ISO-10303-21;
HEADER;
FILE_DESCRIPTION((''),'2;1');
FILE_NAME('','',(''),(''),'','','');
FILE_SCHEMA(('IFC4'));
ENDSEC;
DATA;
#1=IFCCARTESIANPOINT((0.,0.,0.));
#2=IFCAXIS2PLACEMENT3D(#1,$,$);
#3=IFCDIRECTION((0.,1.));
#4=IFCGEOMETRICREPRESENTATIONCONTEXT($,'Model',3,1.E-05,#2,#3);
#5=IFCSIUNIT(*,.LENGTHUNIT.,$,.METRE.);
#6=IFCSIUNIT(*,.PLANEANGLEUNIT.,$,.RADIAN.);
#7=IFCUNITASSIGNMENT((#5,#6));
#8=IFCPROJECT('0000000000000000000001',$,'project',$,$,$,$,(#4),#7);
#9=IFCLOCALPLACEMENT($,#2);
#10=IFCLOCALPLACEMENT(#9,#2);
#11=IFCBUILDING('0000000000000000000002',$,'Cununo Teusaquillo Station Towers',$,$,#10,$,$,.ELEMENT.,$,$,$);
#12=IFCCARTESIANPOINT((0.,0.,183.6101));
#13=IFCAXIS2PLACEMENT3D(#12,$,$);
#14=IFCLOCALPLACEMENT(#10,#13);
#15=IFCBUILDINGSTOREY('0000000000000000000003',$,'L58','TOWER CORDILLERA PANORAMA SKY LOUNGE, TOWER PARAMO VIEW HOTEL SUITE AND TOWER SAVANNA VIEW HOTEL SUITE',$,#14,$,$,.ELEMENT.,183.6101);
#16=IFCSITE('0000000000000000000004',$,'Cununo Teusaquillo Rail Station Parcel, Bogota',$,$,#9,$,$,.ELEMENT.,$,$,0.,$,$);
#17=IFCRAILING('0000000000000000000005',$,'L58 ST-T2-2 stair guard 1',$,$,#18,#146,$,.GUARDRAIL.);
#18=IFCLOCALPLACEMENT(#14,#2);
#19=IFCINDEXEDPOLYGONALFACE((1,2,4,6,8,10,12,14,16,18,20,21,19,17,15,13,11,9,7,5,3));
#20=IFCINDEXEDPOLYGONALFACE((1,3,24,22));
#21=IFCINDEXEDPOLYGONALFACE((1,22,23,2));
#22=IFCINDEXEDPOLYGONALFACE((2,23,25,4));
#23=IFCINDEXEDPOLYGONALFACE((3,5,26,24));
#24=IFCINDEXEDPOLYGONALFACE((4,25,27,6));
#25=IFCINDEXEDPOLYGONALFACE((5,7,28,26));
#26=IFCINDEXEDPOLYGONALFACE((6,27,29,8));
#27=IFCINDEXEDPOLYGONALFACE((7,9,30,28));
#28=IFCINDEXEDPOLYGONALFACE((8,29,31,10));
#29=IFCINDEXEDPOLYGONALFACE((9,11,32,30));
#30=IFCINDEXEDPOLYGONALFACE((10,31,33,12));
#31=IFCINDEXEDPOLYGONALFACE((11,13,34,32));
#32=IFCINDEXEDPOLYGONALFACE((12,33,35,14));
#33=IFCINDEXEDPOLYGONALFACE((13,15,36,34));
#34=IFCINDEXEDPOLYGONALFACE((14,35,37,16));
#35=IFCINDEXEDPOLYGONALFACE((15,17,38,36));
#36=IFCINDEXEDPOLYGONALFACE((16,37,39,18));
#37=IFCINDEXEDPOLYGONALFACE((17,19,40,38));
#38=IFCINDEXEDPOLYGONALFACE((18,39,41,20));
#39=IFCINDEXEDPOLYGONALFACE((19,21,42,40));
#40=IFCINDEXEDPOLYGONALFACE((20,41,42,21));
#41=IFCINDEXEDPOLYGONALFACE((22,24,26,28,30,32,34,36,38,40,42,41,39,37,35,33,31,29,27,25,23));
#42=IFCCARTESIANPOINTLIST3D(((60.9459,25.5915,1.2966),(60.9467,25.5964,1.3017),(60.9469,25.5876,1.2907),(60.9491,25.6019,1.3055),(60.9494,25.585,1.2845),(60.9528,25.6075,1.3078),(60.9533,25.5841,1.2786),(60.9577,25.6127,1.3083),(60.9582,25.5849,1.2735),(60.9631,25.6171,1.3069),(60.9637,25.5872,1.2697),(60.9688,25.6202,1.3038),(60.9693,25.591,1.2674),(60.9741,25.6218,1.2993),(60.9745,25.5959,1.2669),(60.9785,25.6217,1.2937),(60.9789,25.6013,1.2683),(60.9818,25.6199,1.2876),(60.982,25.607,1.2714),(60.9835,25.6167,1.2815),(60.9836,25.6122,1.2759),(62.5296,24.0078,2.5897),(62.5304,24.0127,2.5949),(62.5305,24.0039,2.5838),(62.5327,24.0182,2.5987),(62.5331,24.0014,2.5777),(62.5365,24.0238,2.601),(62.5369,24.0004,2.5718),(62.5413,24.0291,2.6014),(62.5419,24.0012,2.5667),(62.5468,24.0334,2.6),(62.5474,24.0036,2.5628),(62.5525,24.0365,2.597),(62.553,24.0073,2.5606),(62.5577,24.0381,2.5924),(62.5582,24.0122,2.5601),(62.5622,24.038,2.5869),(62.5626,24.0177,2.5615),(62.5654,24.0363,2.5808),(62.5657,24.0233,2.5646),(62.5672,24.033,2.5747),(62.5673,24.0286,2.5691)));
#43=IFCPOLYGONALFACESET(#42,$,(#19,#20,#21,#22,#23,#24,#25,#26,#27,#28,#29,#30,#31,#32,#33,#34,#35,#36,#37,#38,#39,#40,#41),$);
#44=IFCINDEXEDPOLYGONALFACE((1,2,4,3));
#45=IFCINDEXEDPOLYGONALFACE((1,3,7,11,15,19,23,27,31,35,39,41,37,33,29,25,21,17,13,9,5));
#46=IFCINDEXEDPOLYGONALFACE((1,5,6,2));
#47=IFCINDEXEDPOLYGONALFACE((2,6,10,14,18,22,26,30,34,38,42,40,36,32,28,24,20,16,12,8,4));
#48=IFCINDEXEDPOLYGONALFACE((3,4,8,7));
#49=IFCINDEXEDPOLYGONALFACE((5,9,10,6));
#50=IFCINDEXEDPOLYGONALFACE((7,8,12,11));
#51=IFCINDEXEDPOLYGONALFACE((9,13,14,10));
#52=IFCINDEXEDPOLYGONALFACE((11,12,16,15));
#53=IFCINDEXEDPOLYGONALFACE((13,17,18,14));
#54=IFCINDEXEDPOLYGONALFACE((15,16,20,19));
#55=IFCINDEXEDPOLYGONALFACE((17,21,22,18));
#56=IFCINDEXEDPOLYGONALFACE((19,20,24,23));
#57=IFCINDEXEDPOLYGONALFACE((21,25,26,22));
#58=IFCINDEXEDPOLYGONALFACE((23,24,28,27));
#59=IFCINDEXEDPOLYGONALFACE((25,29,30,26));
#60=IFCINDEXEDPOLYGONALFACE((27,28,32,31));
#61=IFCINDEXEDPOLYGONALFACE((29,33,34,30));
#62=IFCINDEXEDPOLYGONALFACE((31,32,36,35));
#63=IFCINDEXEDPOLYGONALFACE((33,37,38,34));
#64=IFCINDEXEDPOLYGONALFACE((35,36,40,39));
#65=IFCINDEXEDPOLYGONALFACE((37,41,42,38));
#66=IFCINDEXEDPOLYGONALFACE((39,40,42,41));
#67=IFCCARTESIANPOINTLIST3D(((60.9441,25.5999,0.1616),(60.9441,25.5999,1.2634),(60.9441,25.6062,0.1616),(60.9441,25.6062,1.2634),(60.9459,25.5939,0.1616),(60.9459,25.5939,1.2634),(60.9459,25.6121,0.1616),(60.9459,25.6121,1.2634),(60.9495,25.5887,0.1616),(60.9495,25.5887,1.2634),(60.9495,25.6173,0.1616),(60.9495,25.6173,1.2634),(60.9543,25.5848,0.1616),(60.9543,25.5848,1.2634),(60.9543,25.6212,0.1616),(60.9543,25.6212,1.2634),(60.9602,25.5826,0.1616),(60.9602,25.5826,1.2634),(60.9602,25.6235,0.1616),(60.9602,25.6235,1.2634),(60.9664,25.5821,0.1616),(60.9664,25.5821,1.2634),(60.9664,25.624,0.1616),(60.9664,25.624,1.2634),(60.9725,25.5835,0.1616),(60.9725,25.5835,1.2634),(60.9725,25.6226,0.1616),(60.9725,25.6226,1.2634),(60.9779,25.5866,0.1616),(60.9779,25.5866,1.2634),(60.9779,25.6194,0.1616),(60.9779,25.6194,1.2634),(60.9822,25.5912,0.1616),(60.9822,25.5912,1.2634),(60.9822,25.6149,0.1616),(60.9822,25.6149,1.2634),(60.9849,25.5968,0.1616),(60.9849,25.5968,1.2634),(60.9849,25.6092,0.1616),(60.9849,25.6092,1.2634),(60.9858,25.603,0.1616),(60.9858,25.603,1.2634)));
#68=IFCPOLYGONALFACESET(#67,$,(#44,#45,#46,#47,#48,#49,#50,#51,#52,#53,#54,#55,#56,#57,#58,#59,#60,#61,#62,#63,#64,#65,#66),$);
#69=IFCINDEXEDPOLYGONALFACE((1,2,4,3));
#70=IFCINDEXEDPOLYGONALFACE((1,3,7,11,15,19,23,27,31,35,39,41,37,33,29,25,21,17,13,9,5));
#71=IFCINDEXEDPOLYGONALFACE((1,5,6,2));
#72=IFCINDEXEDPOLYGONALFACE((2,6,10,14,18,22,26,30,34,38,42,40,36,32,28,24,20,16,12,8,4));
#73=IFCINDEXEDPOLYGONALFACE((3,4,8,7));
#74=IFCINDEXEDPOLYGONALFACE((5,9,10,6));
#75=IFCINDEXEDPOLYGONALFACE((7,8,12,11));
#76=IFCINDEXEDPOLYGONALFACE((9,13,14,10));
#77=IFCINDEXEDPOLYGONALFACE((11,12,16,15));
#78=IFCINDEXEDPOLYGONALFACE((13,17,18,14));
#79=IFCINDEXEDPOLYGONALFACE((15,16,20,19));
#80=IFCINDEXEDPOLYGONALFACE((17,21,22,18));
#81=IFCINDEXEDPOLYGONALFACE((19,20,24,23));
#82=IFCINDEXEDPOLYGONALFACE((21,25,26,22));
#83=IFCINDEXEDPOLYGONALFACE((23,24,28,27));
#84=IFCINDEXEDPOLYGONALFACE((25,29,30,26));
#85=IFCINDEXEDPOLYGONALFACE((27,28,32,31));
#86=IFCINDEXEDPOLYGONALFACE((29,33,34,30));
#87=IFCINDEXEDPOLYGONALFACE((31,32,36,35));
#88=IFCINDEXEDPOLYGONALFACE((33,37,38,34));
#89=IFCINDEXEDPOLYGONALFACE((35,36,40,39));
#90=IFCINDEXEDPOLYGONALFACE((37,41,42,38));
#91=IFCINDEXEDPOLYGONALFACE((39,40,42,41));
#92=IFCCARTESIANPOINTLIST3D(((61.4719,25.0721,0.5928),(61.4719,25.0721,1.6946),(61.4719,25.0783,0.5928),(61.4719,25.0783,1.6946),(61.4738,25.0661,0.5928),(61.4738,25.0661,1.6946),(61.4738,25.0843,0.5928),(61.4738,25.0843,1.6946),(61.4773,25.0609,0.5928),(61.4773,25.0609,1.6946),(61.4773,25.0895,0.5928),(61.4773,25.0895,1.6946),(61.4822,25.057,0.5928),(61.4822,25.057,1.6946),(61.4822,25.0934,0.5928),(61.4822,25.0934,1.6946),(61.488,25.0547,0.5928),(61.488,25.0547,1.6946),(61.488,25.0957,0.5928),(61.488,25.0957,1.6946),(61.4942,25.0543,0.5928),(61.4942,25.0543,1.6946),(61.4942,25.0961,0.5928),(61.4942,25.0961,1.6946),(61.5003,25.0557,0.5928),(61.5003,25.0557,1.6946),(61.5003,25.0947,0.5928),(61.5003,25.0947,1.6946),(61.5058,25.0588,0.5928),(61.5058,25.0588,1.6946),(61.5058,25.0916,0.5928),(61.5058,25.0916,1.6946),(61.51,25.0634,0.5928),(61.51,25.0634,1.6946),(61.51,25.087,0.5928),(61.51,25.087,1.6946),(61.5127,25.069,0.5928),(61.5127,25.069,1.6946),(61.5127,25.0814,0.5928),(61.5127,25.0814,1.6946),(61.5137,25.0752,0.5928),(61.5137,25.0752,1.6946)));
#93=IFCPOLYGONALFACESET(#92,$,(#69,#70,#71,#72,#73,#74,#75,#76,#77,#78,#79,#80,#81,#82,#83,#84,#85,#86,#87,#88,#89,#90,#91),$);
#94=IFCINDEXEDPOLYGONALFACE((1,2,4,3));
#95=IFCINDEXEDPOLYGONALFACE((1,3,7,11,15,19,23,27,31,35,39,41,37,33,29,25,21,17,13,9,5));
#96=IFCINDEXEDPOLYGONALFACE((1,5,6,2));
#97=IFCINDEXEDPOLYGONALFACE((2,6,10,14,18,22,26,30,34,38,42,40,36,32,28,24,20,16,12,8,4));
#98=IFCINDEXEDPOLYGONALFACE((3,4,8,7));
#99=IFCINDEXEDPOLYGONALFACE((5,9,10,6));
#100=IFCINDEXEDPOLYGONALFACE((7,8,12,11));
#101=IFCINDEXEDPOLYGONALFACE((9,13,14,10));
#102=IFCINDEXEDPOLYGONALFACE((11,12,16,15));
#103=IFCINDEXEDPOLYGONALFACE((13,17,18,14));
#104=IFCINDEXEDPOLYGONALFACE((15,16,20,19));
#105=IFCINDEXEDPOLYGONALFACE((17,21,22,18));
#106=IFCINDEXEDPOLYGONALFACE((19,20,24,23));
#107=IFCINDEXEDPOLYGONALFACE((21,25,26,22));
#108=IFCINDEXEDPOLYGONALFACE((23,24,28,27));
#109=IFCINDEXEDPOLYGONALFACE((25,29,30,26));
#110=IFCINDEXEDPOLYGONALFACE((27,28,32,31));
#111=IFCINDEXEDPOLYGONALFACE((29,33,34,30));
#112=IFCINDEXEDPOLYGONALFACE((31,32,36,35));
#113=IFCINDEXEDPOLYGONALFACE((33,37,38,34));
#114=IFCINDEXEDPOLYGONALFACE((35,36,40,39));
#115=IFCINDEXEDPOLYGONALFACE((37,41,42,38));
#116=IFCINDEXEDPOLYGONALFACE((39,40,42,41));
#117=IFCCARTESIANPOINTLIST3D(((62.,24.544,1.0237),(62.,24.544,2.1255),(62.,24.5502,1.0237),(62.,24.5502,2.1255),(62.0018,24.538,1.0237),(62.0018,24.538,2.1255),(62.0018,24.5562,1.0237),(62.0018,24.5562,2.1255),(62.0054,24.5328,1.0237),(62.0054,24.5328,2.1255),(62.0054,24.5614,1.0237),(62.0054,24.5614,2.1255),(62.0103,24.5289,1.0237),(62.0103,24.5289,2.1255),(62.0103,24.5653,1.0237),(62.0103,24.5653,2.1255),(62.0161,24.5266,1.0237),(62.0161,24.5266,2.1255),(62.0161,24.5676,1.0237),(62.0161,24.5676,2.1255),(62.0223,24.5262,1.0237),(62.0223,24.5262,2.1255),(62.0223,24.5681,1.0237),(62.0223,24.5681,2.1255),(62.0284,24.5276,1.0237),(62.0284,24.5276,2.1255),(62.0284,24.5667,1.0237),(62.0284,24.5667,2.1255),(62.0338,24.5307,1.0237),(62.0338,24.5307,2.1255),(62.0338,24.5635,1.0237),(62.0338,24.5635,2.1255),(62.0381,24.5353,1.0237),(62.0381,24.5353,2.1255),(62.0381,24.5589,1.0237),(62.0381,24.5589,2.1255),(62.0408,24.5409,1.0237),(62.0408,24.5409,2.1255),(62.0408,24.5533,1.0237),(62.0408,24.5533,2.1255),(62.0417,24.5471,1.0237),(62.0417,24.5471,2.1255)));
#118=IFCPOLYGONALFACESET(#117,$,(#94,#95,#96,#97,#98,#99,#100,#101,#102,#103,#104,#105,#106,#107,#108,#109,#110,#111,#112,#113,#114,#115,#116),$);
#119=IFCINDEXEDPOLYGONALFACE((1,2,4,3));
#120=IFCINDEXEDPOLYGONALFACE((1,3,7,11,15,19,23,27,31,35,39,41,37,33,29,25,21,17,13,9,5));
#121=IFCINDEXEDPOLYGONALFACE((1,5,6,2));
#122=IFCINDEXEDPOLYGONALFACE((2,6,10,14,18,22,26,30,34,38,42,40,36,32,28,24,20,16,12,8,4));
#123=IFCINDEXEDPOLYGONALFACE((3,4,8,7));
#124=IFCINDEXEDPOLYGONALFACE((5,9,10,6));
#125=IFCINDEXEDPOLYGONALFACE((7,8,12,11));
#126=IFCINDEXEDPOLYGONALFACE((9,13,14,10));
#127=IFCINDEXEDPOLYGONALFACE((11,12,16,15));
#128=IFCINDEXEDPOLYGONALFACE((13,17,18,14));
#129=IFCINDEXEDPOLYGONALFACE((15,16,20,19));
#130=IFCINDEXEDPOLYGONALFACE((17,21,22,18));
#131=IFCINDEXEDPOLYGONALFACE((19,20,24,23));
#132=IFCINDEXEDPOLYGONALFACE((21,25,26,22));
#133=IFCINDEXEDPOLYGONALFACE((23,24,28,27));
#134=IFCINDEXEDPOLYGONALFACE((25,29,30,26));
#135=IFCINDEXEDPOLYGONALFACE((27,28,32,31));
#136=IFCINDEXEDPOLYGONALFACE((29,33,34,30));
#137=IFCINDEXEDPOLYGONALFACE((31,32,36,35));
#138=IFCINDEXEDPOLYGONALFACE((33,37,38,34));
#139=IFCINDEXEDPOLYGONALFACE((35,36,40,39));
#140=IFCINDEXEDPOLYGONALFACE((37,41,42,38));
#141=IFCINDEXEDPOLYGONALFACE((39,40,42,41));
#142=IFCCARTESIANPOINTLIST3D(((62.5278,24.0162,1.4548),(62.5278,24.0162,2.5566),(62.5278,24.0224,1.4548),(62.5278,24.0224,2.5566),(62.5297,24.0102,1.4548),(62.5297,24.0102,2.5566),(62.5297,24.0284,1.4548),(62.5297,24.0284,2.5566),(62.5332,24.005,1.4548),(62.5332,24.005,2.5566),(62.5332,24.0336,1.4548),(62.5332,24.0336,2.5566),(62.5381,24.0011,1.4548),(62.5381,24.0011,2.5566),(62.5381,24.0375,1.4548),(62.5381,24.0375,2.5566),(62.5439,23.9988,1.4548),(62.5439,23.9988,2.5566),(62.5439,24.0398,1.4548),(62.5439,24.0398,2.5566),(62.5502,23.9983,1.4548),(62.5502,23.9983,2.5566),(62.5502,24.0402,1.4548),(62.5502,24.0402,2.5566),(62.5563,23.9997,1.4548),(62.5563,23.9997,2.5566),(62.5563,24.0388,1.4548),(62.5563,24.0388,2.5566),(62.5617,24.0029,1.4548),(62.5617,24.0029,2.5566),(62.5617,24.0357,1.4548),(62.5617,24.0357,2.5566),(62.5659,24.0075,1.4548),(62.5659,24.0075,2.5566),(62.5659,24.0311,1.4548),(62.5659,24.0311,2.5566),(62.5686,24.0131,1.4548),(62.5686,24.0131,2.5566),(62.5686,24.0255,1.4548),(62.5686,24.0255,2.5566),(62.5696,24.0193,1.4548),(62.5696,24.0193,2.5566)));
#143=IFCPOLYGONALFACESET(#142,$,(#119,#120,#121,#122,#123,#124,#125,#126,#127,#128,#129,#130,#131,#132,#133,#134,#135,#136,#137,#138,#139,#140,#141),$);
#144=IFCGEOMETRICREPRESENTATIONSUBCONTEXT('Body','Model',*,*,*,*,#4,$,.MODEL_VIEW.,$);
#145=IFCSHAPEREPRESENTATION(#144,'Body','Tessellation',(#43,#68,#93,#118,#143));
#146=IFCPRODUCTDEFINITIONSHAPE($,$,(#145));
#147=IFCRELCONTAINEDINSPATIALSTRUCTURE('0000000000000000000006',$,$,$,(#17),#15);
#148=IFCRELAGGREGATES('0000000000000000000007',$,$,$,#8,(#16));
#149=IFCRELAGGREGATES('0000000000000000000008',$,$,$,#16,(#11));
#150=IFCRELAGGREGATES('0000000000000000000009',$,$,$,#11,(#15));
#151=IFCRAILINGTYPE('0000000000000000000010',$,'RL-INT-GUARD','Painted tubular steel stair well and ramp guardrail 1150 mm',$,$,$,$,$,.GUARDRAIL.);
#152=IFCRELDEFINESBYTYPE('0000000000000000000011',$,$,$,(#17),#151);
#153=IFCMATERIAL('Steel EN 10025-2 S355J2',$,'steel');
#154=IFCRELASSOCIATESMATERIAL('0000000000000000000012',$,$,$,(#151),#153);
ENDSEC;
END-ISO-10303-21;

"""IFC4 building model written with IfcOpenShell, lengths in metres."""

from ifc_helpers import new_model, si_unit, direction, frame, origin, origin_2d, place, context, subcontext, project, spatial, circle, extrude, material, type_object, element, save


model = new_model("IFC4")

# Units and contexts
model_context = context("Model", 3, precision=1e-05, world=origin(), true_north=direction((0.0, 1.0)))
body_context = subcontext(model_context, "Body", "Model", "MODEL_VIEW")
ifc_project = project(units=[si_unit("LENGTHUNIT", "METRE"), si_unit("PLANEANGLEUNIT", "RADIAN")], contexts=[model_context])

# Site, building, storey
site_placement = place(None, origin())
site = spatial("IfcSite", under=ifc_project, at=site_placement, Name="Cununo Teusaquillo Rail Station Parcel, Bogota", CompositionType="ELEMENT", RefElevation=0.0)
building_placement = place(site_placement, origin())
building = spatial("IfcBuilding", under=site, at=building_placement, Name="Cununo Teusaquillo Station Towers", CompositionType="ELEMENT")
storey_placement = place(building_placement, frame((0.0, 0.0, 183.6101)))
storey = spatial("IfcBuildingStorey", under=building, at=storey_placement, Name="L58", Description="TOWER CORDILLERA PANORAMA SKY LOUNGE, TOWER PARAMO VIEW HOTEL SUITE AND TOWER SAVANNA VIEW HOTEL SUITE", CompositionType="ELEMENT", Elevation=183.6101)

# Railing
ifc_material_1 = material(Name="Steel EN 10025-2 S355J2", Category="steel")
railing_type_1 = type_object("IfcRailingType", Name="RL-INT-GUARD", Description="Painted tubular steel stair well and ramp guardrail 1150 mm", PredefinedType="GUARDRAIL", material=ifc_material_1)
railing_1_placement = place(storey_placement, frame((60.9648, 25.603, 0.1616)))
element("IfcRailing", 1, at=railing_1_placement, inside=storey, type_object=railing_type_1, Name="L58 ST-T2-2 stair guard 1", PredefinedType="GUARDRAIL", context=body_context, shape_type="SweptSolid", body=[
    extrude(circle(Radius=0.0239, at=origin_2d()), frame((0.0, 0.0, 1.126), z_axis=(0.612361, -0.612361, 0.500027), x_axis=(0.707107, 0.707107, 0.0)), (0.0, 0.0, 1.0), 2.5862),
    extrude(circle(Radius=0.021, at=origin_2d()), origin(), (0.0, 0.0, 1.0), 1.1018),
    extrude(circle(Radius=0.021, at=origin_2d()), frame((0.5278, -0.5278, 0.4312)), (0.0, 0.0, 1.0), 1.1018),
    extrude(circle(Radius=0.021, at=origin_2d()), frame((1.0559, -1.0559, 0.8621)), (0.0, 0.0, 1.0), 1.1018),
    extrude(circle(Radius=0.021, at=origin_2d()), frame((1.5837, -1.5837, 1.2932)), (0.0, 0.0, 1.0), 1.1018),
])

save(model, "model.ifc")
